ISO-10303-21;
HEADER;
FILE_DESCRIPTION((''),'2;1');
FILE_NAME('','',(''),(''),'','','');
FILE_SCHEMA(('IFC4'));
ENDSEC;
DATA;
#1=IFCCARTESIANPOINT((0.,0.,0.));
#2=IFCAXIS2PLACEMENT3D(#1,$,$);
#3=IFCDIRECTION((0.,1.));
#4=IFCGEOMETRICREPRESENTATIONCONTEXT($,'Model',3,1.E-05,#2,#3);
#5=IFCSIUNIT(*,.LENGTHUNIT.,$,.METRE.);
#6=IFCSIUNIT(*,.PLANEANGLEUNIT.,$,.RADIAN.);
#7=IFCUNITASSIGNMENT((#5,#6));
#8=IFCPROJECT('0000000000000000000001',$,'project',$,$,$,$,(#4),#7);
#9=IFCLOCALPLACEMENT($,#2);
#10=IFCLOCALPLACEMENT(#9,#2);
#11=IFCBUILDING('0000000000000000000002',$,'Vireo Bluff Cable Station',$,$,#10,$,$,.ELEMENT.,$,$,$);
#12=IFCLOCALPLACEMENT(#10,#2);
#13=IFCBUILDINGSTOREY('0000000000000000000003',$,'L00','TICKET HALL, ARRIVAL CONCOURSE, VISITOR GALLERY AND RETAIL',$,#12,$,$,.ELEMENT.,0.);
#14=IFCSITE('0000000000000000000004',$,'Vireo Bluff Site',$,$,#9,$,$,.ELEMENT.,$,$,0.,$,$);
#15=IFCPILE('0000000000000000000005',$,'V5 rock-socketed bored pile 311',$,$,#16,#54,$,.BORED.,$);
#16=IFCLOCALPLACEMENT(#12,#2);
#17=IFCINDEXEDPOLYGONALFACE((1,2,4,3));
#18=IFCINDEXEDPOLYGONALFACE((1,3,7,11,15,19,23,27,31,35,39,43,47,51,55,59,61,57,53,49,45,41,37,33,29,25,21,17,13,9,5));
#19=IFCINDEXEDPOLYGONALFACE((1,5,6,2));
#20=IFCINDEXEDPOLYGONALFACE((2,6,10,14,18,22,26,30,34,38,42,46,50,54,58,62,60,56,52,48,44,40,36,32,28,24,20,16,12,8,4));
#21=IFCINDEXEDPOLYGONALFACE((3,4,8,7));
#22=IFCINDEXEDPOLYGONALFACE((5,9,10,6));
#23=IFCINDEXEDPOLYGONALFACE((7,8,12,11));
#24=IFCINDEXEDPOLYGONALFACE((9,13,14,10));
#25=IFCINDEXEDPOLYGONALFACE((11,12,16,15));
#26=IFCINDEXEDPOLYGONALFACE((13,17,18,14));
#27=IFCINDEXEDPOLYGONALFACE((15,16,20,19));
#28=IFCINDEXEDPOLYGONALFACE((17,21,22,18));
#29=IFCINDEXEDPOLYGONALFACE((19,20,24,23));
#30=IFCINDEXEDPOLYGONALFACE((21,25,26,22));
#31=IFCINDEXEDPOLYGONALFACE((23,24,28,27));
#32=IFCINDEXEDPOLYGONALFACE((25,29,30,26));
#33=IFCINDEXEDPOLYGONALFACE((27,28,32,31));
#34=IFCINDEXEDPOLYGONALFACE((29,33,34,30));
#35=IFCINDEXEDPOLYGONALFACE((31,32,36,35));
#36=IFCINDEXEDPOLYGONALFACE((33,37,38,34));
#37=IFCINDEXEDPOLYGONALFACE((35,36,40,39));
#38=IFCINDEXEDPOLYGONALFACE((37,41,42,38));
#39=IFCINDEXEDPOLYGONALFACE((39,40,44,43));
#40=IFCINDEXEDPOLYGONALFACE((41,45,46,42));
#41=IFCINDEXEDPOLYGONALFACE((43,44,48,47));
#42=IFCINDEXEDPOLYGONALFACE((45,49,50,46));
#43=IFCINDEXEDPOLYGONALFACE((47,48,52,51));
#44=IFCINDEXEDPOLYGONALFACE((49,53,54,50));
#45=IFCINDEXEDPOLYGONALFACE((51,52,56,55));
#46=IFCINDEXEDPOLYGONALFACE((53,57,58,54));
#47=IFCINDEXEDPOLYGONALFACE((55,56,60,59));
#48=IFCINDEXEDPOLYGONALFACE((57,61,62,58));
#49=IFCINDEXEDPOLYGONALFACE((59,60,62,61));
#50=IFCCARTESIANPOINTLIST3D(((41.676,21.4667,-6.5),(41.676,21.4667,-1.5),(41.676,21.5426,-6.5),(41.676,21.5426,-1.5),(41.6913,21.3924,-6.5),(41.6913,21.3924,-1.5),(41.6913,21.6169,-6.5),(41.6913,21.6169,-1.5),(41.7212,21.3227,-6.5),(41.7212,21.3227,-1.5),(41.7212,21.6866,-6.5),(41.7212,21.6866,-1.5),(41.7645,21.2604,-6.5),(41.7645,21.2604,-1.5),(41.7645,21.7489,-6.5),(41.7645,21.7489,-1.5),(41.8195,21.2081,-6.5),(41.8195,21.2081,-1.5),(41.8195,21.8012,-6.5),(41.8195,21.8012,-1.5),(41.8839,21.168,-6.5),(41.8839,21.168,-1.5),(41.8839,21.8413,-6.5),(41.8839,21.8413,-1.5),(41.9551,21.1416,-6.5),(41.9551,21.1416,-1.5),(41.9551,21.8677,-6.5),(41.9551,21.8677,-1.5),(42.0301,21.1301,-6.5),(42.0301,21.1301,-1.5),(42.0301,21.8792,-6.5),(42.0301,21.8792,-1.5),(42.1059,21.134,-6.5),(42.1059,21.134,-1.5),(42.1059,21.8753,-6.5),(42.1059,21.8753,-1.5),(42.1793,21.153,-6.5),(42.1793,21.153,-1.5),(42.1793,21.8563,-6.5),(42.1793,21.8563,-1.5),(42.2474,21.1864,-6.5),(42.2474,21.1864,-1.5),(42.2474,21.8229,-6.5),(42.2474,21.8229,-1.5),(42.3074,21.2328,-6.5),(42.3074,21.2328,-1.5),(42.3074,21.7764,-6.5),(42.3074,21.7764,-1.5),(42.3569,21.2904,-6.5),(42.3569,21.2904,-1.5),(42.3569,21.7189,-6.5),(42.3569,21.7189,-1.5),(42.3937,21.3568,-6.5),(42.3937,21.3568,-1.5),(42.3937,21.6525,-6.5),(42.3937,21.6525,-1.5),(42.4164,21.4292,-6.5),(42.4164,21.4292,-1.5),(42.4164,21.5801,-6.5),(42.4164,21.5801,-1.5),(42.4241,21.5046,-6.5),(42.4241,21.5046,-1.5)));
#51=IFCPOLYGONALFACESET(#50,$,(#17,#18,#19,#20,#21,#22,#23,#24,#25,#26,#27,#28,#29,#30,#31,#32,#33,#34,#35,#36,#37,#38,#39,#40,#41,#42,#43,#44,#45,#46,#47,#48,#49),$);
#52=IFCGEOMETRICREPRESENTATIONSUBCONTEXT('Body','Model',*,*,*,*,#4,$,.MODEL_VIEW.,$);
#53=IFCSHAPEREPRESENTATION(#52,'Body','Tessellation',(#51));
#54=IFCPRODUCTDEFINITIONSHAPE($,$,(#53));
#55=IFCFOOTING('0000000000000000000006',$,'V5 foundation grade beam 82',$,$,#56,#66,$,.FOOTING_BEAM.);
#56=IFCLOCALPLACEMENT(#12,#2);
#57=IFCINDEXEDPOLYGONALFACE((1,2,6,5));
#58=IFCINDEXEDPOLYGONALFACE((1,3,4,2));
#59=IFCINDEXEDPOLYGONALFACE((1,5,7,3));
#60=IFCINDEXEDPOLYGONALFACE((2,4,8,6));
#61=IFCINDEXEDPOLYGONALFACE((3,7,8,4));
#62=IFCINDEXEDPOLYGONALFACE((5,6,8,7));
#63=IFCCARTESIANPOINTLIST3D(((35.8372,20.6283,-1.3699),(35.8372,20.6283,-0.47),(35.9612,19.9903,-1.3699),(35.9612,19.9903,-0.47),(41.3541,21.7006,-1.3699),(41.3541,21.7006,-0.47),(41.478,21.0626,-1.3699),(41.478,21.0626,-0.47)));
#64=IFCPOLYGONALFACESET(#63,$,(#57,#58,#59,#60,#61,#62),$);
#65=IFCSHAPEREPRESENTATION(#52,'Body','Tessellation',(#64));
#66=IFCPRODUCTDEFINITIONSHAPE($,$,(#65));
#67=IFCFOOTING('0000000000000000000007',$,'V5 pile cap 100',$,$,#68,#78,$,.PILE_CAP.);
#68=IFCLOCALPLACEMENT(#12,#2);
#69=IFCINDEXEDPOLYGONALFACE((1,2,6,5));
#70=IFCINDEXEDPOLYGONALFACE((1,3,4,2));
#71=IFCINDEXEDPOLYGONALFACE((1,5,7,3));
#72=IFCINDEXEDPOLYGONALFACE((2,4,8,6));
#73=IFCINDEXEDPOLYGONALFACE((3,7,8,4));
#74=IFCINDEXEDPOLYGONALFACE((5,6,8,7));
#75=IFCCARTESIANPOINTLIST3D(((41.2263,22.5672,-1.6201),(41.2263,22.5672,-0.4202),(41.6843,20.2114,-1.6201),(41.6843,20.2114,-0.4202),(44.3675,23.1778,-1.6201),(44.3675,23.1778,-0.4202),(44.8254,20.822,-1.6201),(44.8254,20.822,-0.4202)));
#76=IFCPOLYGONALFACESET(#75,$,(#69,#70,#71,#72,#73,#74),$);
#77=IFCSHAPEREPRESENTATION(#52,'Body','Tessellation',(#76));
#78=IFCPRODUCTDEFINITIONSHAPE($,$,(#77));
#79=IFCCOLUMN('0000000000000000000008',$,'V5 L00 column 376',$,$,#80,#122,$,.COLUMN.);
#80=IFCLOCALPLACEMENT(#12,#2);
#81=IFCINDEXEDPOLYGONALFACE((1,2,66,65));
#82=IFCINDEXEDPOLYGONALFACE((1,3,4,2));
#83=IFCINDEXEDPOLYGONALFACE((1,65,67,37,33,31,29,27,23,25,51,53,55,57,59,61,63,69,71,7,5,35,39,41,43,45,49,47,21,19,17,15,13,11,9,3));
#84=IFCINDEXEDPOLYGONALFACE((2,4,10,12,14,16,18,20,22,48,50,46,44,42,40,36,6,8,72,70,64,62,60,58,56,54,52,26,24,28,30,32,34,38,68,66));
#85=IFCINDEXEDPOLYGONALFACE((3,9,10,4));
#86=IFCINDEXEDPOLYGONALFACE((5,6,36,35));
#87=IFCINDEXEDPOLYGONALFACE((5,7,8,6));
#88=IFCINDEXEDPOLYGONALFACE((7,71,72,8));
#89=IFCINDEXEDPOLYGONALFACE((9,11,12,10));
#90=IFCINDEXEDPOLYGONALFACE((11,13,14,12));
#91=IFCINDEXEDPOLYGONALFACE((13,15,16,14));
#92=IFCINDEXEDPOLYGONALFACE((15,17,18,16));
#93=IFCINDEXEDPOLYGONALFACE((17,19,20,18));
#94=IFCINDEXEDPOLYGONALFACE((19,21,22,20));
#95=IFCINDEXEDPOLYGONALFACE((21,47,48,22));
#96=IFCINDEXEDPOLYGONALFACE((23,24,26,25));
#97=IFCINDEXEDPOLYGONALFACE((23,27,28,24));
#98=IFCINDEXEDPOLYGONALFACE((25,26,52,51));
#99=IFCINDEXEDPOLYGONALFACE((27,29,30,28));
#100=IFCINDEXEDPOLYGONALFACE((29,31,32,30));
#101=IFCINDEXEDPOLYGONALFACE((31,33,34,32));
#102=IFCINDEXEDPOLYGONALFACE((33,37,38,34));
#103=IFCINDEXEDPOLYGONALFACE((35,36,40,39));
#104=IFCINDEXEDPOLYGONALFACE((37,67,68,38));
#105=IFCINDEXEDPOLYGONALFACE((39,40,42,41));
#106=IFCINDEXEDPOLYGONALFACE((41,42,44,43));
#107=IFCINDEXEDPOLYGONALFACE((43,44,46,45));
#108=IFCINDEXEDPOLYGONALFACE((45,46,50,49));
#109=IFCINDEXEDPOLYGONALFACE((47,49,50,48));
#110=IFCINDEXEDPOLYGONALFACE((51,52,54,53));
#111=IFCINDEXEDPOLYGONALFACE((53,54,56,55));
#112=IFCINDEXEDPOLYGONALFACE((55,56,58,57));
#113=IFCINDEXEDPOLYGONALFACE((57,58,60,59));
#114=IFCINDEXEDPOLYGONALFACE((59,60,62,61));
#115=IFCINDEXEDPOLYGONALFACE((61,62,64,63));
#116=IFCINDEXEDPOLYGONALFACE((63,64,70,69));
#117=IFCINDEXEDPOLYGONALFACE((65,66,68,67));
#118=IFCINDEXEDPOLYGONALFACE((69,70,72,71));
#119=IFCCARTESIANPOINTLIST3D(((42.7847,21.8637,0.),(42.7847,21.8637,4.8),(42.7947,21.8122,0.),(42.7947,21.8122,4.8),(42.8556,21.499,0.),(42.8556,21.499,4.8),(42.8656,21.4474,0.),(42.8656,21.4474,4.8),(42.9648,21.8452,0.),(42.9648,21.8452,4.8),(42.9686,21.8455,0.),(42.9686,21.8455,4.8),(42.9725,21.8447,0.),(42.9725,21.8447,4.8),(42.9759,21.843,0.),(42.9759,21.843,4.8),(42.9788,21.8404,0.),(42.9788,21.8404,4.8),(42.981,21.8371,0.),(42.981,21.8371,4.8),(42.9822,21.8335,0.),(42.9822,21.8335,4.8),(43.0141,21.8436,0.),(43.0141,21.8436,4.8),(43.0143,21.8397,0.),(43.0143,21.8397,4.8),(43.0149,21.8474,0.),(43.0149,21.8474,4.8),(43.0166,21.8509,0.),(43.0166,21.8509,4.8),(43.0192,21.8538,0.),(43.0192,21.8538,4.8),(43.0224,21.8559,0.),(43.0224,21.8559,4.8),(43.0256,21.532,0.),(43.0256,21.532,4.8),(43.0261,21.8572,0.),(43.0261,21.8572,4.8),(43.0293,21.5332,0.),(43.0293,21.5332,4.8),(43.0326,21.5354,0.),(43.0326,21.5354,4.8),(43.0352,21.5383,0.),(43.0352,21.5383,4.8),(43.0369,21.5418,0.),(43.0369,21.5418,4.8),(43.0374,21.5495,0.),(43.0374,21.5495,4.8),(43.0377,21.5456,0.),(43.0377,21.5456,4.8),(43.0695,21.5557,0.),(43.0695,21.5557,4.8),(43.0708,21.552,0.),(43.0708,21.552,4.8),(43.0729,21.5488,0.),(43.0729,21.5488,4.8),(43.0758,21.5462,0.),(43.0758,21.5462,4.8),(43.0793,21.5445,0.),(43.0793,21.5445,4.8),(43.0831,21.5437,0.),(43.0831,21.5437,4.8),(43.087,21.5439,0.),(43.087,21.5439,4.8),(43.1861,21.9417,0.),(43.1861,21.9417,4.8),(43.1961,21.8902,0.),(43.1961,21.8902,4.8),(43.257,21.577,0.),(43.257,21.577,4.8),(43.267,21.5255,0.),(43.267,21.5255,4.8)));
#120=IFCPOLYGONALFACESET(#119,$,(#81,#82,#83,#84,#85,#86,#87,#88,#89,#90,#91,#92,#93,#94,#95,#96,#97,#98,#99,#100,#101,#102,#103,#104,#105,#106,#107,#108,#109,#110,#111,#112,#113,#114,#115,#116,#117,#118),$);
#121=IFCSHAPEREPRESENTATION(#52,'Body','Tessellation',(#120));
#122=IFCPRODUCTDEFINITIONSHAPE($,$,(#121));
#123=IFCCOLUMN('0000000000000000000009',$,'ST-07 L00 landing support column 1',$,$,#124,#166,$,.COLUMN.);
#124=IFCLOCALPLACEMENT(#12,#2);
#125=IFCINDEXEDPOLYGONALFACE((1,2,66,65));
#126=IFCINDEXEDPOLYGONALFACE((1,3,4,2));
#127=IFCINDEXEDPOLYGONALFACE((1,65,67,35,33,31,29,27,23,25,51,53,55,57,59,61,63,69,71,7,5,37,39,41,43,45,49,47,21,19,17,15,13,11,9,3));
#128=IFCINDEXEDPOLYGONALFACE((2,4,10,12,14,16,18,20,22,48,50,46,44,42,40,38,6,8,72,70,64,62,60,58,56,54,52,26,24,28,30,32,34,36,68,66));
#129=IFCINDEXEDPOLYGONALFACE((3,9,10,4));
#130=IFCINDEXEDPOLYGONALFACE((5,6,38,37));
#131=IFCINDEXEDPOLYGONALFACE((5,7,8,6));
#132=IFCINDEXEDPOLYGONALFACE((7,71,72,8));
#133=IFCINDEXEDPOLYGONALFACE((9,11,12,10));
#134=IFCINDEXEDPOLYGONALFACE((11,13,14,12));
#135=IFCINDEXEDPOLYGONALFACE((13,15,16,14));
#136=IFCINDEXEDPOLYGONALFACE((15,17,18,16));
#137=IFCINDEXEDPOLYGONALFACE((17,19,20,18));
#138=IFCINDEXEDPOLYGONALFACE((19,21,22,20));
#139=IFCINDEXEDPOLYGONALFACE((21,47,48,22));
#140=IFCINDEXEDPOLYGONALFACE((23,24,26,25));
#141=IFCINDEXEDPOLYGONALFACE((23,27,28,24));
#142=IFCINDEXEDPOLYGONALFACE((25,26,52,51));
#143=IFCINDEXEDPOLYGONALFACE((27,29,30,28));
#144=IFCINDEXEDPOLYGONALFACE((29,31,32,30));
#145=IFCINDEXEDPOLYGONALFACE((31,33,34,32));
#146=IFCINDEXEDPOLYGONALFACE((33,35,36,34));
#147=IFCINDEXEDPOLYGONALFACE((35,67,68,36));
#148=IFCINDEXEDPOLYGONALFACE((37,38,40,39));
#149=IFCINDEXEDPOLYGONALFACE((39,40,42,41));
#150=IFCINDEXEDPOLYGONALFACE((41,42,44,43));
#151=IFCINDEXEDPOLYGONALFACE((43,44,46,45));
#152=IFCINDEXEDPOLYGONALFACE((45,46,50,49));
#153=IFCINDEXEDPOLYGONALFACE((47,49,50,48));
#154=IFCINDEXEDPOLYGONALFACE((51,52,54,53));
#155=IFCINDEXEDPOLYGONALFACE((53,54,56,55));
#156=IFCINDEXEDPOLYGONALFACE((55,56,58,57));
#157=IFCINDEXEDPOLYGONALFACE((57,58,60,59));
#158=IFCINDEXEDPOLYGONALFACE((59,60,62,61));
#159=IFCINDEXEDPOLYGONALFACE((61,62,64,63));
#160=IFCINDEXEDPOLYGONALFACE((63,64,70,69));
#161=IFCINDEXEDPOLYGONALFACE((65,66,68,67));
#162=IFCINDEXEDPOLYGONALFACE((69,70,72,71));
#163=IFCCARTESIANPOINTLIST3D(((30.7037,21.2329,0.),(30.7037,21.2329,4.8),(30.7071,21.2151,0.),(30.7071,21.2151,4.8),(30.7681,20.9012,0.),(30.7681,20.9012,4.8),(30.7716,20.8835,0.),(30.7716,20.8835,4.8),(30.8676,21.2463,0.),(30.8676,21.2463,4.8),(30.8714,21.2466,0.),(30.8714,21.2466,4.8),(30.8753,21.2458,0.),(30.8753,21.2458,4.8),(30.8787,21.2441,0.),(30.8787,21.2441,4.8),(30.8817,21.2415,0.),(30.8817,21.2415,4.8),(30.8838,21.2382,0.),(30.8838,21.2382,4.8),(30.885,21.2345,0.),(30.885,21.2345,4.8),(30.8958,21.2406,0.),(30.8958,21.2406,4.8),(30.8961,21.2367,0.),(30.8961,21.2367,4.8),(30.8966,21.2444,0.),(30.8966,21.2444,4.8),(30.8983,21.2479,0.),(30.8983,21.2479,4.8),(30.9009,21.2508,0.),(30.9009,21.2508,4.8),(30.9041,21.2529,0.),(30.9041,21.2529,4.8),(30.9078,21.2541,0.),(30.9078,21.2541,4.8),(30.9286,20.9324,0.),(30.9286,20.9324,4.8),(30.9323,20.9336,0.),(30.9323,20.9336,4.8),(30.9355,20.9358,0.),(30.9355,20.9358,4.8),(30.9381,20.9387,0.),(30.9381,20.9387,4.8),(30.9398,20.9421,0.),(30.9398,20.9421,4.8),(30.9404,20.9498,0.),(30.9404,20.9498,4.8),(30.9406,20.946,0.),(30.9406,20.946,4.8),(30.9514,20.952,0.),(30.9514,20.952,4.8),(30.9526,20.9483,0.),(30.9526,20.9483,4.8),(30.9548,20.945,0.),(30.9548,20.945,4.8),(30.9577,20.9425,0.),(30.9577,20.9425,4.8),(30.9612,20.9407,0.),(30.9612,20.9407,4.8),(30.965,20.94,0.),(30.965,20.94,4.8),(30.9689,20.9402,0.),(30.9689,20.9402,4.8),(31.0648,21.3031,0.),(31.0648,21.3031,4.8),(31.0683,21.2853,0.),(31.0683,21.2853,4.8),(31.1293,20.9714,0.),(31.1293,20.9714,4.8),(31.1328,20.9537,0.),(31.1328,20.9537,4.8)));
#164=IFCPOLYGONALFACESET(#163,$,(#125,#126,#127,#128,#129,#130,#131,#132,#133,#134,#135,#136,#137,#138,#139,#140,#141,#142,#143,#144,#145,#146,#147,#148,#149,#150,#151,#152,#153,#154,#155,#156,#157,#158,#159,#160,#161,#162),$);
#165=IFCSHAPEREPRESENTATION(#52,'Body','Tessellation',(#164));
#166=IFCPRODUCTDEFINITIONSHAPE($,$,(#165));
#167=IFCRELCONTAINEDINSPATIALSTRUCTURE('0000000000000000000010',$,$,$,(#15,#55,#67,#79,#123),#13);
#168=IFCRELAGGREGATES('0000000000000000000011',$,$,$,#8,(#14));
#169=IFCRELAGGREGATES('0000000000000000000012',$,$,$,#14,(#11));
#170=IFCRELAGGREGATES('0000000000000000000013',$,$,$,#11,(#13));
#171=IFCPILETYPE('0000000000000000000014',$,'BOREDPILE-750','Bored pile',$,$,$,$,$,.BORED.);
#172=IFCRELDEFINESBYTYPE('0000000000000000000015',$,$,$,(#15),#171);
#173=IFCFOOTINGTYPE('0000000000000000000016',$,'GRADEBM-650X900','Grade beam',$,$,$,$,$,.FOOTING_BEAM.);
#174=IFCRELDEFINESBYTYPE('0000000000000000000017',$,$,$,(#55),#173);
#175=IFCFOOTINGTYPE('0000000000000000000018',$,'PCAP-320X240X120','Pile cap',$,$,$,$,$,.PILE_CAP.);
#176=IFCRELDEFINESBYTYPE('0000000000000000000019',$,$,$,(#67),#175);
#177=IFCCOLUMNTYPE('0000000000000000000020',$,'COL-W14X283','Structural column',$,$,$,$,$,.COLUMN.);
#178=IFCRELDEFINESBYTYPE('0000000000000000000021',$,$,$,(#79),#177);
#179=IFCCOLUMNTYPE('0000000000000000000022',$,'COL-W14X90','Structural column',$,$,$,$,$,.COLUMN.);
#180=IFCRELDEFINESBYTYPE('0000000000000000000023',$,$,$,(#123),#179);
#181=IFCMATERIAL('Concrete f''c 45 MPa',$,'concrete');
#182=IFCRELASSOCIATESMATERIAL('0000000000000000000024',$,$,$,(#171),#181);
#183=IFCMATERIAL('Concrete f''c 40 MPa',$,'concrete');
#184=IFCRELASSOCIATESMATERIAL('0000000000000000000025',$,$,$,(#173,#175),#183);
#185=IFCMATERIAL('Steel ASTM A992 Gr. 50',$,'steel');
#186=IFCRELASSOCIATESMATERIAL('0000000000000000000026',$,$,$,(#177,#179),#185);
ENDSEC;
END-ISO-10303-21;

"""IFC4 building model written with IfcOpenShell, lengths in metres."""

from ifc_helpers import new_model, si_unit, direction, frame, origin, origin_2d, place, context, subcontext, project, spatial, rectangle, circle, i_section, extrude, material, material_profile, profile_set, type_object, element, save


model = new_model("IFC4")

# Units and contexts
model_context = context("Model", 3, precision=1e-05, world=origin(), true_north=direction((0.0, 1.0)))
body_context = subcontext(model_context, "Body", "Model", "MODEL_VIEW")
ifc_project = project(units=[si_unit("LENGTHUNIT", "METRE"), si_unit("PLANEANGLEUNIT", "RADIAN")], contexts=[model_context])

# Site, building, storey
site_placement = place(None, origin())
site = spatial("IfcSite", under=ifc_project, at=site_placement, Name="Vireo Bluff Site", CompositionType="ELEMENT", RefElevation=0.0)
building_placement = place(site_placement, origin())
building = spatial("IfcBuilding", under=site, at=building_placement, Name="Vireo Bluff Cable Station", CompositionType="ELEMENT")
storey_placement = place(building_placement, origin())
storey = spatial("IfcBuildingStorey", under=building, at=storey_placement, Name="L00", Description="TICKET HALL, ARRIVAL CONCOURSE, VISITOR GALLERY AND RETAIL", CompositionType="ELEMENT", Elevation=0.0)

# Pile
ifc_material_1 = material(Name="Concrete f'c 45 MPa", Category="concrete")
ifc_material_profile_1 = material_profile(ifc_material_1, circle(Radius=0.375, at=origin_2d()), Name="BOREDPILE-750")
ifc_profile_set_1 = profile_set([ifc_material_profile_1], Name="Concrete f'c 45 MPa")
pile_type = type_object("IfcPileType", Name="BOREDPILE-750", Description="Bored pile", PredefinedType="BORED", material=ifc_profile_set_1)
pile_placement = place(storey_placement, frame((42.0491, 21.5046, -1.5), z_axis=(0.0, 0.0, -1.0), x_axis=(1.0, 0.0, 0.0)))
element("IfcPile", 1, at=pile_placement, inside=storey, type_object=pile_type, Name="V5 rock-socketed bored pile 311", PredefinedType="BORED", context=body_context, shape_type="SweptSolid", body=[
    extrude(circle(Radius=0.375, at=origin_2d()), origin(), (0.0, 0.0, 1.0), 5.0),
])

# Footings
ifc_material_2 = material(Name="Concrete f'c 40 MPa", Category="concrete")
ifc_material_profile_2 = material_profile(ifc_material_2, rectangle(XDim=0.6499, YDim=0.8999, at=origin_2d()), Name="GRADEBM-650X900")
ifc_profile_set_2 = profile_set([ifc_material_profile_2], Name="Concrete f'c 40 MPa")
footing_type_1 = type_object("IfcFootingType", Name="GRADEBM-650X900", Description="Grade beam", PredefinedType="FOOTING_BEAM", material=ifc_profile_set_2)
footing_1_placement = place(storey_placement, frame((35.8992, 20.3093, -0.9199), z_axis=(0.981631, 0.190792, 0.0), x_axis=(-0.190792, 0.981631, 0.0)))
element("IfcFooting", 2, at=footing_1_placement, inside=storey, type_object=footing_type_1, Name="V5 foundation grade beam 82", PredefinedType="FOOTING_BEAM", context=body_context, shape_type="SweptSolid", body=[
    extrude(rectangle(XDim=0.6499, YDim=0.8999, at=origin_2d()), origin(), (0.0, 0.0, 1.0), 5.6201),
])
footing_type_2 = type_object("IfcFootingType", Name="PCAP-320X240X120", Description="Pile cap", PredefinedType="PILE_CAP", material=ifc_material_2)
footing_2_placement = place(storey_placement, frame((43.0259, 21.6946, -1.6201), z_axis=(0.0, 0.0, 1.0), x_axis=(0.981627, 0.190809, 0.0)))
element("IfcFooting", 3, at=footing_2_placement, inside=storey, type_object=footing_type_2, Name="V5 pile cap 100", PredefinedType="PILE_CAP", context=body_context, shape_type="SweptSolid", body=[
    extrude(rectangle(XDim=3.2, YDim=2.3999, at=origin_2d()), origin(), (0.0, 0.0, 1.0), 1.2),
])

# Columns
ifc_material_3 = material(Name="Steel ASTM A992 Gr. 50", Category="steel")
ifc_material_profile_3 = material_profile(ifc_material_3, i_section(OverallWidth=0.4089, OverallDepth=0.4241, WebThickness=0.0327, FlangeThickness=0.0525, FilletRadius=0.0149, at=origin_2d()), Name="W14X283")
ifc_profile_set_3 = profile_set([ifc_material_profile_3], Name="Steel ASTM A992 Gr. 50")
column_type_1 = type_object("IfcColumnType", Name="COL-W14X283", Description="Structural column", PredefinedType="COLUMN", material=ifc_profile_set_3)
column_placement = place(storey_placement, frame((43.0259, 21.6946, 0.0), z_axis=(0.0, 0.0, 1.0), x_axis=(0.981627, 0.190809, 0.0)))
element("IfcColumn", 4, at=column_placement, inside=storey, type_object=column_type_1, Name="V5 L00 column 376", PredefinedType="COLUMN", context=body_context, shape_type="SweptSolid", body=[
    extrude(i_section(OverallWidth=0.4089, OverallDepth=0.4241, WebThickness=0.0327, FlangeThickness=0.0525, FilletRadius=0.0149, at=origin_2d()), origin(), (0.0, 0.0, 1.0), 4.8),
])
ifc_material_profile_4 = material_profile(ifc_material_3, i_section(OverallWidth=0.3679, OverallDepth=0.356, WebThickness=0.0112, FlangeThickness=0.0181, FilletRadius=0.0149, at=origin_2d()), Name="W14X90")
ifc_profile_set_4 = profile_set([ifc_material_profile_4], Name="Steel ASTM A992 Gr. 50")
column_type_2 = type_object("IfcColumnType", Name="COL-W14X90", Description="Structural column", PredefinedType="COLUMN", material=ifc_profile_set_4)
for number, where, z_axis, x_axis, name in (
    (5, (30.9182, 21.0933, 0.0), (0.0, 0.0, 1.0), (0.981627, 0.190809, 0.0), "ST-07 L00 landing support column 1"),
):
    element("IfcColumn", number, at=place(storey_placement, frame(where, z_axis=z_axis, x_axis=x_axis)), inside=storey, type_object=column_type_2, Name=name, PredefinedType="COLUMN", context=body_context, shape_type="SweptSolid", body=[
        extrude(i_section(OverallWidth=0.3679, OverallDepth=0.356, WebThickness=0.0112, FlangeThickness=0.0181, FilletRadius=0.0149, at=origin_2d()), origin(), (0.0, 0.0, 1.0), 4.8),
    ])

save(model, "model.ifc")
